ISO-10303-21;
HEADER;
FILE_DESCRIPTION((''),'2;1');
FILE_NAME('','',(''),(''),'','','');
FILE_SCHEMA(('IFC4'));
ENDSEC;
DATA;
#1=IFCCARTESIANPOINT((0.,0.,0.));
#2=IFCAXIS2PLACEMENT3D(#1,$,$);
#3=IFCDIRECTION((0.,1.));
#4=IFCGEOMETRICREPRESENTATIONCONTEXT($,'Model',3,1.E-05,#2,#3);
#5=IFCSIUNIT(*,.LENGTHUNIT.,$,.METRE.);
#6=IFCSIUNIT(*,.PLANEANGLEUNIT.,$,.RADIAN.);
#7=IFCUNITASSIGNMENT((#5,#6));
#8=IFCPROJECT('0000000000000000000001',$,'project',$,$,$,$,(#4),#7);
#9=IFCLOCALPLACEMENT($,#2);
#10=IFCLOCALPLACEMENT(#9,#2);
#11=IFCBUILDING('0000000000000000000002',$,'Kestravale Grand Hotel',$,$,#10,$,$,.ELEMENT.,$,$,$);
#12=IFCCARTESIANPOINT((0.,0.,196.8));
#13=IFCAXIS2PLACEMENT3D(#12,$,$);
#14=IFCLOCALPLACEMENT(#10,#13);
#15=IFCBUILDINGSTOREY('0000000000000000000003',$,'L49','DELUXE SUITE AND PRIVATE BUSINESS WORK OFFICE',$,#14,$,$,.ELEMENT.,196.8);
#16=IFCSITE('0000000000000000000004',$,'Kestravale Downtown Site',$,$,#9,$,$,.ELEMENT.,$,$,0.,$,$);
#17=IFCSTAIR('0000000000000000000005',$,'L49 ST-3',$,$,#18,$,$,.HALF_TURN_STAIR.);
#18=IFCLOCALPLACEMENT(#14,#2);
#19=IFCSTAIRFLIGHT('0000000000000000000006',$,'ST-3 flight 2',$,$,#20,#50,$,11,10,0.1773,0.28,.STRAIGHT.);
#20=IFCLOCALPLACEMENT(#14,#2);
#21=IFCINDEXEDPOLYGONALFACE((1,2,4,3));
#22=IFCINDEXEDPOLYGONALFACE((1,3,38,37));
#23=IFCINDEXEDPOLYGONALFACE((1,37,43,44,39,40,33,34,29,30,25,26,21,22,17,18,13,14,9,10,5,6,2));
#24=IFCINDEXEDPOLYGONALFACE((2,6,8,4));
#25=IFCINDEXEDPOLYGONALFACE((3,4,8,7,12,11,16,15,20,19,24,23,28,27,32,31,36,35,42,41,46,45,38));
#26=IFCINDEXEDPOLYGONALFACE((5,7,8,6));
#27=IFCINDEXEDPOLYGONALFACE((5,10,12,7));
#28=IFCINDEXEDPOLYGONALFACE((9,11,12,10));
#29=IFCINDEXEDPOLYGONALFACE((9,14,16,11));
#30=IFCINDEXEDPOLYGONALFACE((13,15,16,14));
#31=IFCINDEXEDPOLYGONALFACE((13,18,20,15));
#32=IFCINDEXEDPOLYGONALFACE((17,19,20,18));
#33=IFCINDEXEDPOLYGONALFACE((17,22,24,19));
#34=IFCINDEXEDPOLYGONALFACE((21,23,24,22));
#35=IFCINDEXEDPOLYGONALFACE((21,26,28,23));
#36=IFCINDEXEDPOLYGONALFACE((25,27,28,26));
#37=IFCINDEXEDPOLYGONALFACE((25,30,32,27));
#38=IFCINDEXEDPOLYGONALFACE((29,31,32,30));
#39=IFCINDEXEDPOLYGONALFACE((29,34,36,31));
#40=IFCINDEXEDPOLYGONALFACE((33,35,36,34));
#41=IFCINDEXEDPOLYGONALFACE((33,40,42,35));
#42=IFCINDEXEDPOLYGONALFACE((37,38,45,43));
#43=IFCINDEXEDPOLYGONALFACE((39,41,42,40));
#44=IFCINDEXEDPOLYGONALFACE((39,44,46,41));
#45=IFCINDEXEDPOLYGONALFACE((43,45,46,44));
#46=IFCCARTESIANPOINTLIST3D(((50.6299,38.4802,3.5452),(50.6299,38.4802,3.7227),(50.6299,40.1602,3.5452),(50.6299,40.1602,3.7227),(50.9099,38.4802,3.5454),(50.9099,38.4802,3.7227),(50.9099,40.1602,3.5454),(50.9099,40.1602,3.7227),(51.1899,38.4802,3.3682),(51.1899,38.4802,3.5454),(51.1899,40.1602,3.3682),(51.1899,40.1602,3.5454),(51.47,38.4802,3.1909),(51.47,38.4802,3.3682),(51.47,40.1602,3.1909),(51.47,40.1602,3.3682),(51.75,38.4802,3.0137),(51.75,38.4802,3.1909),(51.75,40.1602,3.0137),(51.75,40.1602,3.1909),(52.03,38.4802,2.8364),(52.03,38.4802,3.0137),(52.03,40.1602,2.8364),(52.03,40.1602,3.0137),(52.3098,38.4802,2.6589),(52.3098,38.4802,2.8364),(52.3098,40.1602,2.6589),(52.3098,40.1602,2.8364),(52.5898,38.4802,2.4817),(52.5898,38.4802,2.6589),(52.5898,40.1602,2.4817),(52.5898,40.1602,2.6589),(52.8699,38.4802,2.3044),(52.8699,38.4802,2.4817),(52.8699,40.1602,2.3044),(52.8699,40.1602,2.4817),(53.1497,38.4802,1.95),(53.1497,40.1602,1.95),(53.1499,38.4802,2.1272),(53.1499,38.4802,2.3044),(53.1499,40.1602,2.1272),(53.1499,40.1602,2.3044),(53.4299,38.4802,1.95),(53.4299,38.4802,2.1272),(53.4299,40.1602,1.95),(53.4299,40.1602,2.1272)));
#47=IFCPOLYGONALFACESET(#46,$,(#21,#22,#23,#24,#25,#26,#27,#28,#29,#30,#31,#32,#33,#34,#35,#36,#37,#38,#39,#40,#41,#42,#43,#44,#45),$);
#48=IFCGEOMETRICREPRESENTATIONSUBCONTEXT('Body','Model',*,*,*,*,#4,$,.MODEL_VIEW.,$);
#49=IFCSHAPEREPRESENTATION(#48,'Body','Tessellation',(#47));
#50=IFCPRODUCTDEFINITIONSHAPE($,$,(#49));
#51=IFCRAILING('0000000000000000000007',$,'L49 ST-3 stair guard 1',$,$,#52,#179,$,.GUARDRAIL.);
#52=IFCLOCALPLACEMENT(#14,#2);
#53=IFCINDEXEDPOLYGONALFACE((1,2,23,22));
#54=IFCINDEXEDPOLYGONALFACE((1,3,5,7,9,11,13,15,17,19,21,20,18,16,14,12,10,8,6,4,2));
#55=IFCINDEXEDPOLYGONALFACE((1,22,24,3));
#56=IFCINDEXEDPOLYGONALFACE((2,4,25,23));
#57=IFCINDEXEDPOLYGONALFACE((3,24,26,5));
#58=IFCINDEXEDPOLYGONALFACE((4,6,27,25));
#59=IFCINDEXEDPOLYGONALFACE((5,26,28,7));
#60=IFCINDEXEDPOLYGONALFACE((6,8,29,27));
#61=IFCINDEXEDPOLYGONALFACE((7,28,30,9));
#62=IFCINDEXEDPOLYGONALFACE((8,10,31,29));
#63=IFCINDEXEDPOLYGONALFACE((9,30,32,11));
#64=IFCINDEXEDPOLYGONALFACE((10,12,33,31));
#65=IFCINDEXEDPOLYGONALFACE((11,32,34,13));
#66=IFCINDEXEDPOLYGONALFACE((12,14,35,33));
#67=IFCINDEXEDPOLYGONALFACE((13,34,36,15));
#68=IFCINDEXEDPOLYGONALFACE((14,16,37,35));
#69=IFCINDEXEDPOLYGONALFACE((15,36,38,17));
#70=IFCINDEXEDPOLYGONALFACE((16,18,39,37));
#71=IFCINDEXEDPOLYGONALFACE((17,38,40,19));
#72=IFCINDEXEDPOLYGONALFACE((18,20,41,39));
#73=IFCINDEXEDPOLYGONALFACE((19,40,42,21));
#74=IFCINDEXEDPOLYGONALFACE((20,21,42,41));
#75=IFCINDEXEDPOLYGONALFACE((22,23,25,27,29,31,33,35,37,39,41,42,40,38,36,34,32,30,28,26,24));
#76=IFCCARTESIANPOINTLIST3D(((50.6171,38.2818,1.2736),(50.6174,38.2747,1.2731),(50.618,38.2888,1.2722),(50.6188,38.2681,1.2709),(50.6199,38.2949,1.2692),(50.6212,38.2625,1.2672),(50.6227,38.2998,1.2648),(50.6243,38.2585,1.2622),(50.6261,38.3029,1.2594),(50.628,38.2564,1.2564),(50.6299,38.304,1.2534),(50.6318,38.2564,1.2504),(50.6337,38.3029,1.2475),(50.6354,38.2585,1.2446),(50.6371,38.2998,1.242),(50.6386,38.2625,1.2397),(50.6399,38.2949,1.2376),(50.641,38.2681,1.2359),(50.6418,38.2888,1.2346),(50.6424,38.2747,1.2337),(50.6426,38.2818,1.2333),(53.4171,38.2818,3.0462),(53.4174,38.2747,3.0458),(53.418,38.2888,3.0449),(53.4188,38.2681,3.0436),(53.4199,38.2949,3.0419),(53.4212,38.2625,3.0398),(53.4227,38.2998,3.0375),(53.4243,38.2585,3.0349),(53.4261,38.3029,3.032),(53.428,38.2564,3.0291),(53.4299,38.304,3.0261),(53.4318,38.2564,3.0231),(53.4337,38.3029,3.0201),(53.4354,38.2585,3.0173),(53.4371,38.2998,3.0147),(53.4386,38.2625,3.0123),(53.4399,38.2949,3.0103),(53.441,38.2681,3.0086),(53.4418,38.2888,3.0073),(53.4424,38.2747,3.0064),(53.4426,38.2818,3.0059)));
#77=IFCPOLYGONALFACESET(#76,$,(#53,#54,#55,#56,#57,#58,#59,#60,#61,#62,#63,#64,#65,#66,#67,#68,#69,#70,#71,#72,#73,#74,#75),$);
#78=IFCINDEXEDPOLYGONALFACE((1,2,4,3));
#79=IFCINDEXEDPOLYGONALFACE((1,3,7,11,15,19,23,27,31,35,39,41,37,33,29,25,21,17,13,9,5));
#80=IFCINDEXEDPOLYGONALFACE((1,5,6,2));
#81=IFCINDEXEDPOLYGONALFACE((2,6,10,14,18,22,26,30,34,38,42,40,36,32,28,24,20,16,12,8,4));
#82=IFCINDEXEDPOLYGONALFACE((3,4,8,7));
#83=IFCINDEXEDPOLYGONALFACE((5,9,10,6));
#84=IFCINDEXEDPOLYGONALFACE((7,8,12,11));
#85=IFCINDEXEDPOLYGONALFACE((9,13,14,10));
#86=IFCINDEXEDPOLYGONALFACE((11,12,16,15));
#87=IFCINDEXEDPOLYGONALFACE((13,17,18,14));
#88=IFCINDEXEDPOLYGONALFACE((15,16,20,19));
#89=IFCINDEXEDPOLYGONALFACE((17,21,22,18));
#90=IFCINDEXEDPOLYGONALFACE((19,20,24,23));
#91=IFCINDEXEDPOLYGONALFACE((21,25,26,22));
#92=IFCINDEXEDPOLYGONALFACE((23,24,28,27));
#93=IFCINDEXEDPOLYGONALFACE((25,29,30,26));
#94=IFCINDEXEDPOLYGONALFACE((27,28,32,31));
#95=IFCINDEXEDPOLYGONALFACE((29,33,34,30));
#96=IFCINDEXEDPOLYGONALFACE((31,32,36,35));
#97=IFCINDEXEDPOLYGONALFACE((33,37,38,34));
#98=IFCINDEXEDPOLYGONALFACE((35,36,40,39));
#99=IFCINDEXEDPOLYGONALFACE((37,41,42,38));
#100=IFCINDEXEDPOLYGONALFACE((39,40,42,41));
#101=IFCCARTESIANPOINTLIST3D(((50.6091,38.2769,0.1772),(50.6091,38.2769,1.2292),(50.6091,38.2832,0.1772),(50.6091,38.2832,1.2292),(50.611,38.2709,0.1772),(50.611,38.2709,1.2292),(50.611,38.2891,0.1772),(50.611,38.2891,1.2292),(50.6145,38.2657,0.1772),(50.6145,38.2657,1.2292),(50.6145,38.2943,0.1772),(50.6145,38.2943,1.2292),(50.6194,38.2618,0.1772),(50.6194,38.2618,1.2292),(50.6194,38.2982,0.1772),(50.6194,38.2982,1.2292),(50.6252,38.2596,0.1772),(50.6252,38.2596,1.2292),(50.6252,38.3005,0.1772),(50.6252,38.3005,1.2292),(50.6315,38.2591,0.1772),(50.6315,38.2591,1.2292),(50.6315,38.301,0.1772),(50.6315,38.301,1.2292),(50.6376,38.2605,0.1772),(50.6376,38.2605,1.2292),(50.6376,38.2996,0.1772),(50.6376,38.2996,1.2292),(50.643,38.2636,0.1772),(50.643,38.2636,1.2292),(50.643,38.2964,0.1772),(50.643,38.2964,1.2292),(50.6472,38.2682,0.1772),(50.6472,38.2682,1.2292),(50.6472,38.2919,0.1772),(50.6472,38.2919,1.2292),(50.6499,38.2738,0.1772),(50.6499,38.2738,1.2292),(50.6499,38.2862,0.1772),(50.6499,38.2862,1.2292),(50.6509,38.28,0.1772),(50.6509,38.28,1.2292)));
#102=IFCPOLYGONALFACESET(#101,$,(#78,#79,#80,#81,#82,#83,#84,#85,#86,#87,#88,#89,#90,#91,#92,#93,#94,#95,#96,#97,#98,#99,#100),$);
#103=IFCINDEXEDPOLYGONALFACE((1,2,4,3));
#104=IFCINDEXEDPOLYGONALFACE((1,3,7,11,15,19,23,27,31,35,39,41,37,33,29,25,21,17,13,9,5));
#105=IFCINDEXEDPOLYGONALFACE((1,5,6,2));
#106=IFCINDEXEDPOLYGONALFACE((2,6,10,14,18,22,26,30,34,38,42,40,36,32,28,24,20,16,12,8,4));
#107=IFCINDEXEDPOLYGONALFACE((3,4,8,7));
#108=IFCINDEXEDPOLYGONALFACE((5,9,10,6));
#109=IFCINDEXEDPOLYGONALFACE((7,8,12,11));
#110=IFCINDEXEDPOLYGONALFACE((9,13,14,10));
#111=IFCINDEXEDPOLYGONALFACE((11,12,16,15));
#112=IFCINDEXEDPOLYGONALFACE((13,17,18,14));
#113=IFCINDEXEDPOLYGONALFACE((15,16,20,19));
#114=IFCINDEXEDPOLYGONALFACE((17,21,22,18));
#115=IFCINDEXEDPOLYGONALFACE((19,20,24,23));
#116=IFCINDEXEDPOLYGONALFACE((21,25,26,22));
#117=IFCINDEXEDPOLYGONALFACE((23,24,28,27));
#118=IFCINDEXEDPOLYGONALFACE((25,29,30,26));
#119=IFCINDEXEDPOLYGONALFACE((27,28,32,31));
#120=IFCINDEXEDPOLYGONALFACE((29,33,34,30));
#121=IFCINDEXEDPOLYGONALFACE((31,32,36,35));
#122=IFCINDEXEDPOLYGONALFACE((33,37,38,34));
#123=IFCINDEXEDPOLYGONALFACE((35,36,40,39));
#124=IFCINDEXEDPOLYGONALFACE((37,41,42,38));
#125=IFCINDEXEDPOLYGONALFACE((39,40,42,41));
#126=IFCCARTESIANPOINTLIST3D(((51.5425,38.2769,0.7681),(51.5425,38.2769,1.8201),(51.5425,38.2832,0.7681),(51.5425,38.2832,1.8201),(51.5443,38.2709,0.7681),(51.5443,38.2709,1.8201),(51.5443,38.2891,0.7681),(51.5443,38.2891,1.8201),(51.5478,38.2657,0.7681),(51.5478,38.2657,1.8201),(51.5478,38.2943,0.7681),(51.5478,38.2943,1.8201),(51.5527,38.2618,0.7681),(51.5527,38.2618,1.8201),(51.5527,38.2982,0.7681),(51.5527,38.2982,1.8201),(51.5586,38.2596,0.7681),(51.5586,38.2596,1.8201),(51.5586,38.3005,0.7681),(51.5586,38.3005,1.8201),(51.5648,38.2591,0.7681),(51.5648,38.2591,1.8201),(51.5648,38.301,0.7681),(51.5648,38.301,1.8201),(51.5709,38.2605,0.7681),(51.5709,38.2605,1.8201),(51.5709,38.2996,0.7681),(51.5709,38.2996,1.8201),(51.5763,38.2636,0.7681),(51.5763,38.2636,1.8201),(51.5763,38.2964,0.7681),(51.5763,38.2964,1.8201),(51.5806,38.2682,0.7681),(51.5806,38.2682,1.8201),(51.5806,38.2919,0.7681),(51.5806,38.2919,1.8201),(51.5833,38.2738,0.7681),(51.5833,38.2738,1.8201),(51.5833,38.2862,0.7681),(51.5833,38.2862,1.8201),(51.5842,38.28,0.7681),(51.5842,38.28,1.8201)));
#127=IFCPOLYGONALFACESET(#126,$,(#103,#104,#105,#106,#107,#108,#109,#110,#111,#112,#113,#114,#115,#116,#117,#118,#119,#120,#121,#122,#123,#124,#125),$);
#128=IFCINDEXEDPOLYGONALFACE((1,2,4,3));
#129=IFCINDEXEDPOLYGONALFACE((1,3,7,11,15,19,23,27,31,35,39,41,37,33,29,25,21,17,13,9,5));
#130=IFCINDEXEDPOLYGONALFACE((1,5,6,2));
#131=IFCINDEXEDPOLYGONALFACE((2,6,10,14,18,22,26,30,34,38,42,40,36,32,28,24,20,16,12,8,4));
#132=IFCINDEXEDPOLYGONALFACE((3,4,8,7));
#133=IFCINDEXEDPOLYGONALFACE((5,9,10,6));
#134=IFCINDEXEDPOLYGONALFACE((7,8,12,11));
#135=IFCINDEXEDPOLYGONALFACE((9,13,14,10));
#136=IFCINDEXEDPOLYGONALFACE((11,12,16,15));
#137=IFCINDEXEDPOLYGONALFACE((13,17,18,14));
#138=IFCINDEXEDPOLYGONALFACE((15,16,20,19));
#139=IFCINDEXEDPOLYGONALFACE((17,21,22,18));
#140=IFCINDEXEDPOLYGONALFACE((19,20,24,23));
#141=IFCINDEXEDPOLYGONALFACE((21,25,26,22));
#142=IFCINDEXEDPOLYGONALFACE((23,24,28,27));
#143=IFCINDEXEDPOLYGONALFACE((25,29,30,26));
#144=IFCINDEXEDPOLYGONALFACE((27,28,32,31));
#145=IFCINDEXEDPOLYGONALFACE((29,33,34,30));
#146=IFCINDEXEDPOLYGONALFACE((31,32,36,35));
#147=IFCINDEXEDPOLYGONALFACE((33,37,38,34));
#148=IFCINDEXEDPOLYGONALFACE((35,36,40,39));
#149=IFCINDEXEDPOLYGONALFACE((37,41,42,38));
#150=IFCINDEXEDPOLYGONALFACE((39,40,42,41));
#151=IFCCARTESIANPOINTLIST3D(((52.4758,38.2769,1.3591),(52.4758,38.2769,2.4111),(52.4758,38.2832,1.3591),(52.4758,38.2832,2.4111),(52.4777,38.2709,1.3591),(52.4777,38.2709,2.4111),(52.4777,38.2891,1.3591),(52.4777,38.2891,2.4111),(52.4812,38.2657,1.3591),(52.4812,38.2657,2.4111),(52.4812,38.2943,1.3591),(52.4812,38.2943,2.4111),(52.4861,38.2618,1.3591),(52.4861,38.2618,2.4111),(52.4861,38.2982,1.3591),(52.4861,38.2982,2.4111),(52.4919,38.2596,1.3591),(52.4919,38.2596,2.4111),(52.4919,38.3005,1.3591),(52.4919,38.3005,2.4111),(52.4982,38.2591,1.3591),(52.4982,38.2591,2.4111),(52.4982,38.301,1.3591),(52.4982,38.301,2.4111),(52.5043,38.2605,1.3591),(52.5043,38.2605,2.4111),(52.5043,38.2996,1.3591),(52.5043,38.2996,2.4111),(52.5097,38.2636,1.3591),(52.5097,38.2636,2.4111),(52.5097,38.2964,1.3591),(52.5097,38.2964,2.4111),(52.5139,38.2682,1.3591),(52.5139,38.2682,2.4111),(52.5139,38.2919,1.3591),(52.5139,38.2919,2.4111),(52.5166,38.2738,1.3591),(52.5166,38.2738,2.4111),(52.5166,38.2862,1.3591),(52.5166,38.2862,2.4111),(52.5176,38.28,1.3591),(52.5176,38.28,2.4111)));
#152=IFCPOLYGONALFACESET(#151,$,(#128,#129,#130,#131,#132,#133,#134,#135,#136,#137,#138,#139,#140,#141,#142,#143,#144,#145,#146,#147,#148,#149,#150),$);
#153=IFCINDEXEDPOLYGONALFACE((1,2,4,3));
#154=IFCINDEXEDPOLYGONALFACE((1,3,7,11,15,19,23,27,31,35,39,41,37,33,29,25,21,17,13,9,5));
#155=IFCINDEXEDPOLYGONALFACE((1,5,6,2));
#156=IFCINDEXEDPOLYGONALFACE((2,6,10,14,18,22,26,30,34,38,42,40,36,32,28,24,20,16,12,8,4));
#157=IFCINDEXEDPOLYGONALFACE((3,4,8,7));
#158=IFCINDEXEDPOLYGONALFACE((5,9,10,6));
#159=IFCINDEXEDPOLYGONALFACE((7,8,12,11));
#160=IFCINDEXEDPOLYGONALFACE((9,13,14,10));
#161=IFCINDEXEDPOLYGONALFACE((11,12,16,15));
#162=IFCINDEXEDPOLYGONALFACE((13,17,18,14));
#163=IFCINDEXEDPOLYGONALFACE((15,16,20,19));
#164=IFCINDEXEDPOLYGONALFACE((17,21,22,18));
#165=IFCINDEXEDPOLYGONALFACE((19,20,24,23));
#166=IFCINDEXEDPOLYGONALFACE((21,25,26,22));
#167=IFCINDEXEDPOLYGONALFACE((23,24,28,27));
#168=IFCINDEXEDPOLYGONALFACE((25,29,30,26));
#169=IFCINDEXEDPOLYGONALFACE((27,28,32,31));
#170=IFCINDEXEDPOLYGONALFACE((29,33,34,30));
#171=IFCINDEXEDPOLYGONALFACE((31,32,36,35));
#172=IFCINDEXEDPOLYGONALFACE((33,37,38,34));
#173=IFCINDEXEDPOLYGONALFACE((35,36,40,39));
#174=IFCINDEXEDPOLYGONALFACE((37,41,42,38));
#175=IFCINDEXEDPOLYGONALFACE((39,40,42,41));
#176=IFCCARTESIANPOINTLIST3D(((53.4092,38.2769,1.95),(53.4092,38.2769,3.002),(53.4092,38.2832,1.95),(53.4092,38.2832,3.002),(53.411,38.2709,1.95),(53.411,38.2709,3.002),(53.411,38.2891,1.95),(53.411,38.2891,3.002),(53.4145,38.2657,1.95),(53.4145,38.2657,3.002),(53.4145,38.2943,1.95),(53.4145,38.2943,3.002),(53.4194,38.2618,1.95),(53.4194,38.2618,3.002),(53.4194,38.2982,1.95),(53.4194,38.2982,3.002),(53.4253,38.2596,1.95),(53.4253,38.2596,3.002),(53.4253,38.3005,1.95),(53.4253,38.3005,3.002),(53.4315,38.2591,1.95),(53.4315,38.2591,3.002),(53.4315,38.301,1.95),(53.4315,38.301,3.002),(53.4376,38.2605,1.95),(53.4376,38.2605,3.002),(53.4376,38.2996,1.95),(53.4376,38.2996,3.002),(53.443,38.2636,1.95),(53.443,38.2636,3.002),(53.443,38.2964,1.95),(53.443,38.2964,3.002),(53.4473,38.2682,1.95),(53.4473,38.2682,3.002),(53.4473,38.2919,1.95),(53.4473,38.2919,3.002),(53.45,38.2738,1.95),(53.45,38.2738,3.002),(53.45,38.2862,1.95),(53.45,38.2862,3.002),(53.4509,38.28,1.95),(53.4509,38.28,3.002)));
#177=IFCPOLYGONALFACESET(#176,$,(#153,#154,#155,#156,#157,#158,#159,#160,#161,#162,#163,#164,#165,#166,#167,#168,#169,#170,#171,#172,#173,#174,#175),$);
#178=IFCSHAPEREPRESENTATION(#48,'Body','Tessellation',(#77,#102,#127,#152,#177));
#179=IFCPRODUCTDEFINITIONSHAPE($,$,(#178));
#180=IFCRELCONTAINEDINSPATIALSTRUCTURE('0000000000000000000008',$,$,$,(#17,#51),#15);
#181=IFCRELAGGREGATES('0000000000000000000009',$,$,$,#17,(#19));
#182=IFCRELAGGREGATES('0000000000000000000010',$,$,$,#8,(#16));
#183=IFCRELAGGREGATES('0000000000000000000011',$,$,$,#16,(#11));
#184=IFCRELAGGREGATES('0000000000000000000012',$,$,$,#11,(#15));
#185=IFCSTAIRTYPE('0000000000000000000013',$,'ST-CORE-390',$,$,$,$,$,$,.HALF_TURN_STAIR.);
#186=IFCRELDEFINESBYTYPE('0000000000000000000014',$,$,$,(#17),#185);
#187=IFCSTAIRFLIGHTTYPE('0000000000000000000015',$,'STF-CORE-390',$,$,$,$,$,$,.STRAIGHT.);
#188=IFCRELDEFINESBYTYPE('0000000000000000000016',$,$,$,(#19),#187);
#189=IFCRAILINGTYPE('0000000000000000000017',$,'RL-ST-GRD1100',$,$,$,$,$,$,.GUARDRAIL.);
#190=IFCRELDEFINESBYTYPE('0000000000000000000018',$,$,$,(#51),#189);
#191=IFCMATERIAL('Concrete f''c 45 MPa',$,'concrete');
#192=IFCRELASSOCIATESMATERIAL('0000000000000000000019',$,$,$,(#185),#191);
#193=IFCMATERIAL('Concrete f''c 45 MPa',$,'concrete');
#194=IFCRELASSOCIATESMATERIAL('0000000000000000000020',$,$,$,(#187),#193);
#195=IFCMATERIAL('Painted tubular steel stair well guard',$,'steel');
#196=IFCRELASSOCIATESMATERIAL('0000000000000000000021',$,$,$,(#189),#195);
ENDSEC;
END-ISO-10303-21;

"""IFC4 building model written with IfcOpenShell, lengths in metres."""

from ifc_helpers import new_model, si_unit, direction, frame, origin, origin_2d, place, context, subcontext, project, spatial, polyline, circle, outline, extrude, material, type_object, element, aggregate, save


model = new_model("IFC4")

# Units and contexts
model_context = context("Model", 3, precision=1e-05, world=origin(), true_north=direction((0.0, 1.0)))
body_context = subcontext(model_context, "Body", "Model", "MODEL_VIEW")
ifc_project = project(units=[si_unit("LENGTHUNIT", "METRE"), si_unit("PLANEANGLEUNIT", "RADIAN")], contexts=[model_context])

# Site, building, storey
site_placement = place(None, origin())
site = spatial("IfcSite", under=ifc_project, at=site_placement, Name="Kestravale Downtown Site", CompositionType="ELEMENT", RefElevation=0.0)
building_placement = place(site_placement, origin())
building = spatial("IfcBuilding", under=site, at=building_placement, Name="Kestravale Grand Hotel", CompositionType="ELEMENT")
storey_placement = place(building_placement, frame((0.0, 0.0, 196.8)))
storey = spatial("IfcBuildingStorey", under=building, at=storey_placement, Name="L49", Description="DELUXE SUITE AND PRIVATE BUSINESS WORK OFFICE", CompositionType="ELEMENT", Elevation=196.8)

# Stair, stair flight
ifc_material_1 = material(Name="Concrete f'c 45 MPa", Category="concrete")
stair_type = type_object("IfcStairType", Name="ST-CORE-390", PredefinedType="HALF_TURN_STAIR", material=ifc_material_1)
stair_placement = place(storey_placement, origin())
stair = element("IfcStair", 1, at=stair_placement, inside=storey, type_object=stair_type, Name="L49 ST-3", PredefinedType="HALF_TURN_STAIR")
ifc_material_2 = material(Name="Concrete f'c 45 MPa", Category="concrete")
stair_flight_type = type_object("IfcStairFlightType", Name="STF-CORE-390", PredefinedType="STRAIGHT", material=ifc_material_2)
stair_flight_1_placement = place(storey_placement, frame((53.4299, 39.3201, 1.95), z_axis=(0.0, 0.0, 1.0), x_axis=(-1.0, 0.0, 0.0)))
stair_flight_1 = element("IfcStairFlight", 2, at=stair_flight_1_placement, type_object=stair_flight_type, Name="ST-3 flight 2", NumberOfRisers=11, NumberOfTreads=10, PredefinedType="STRAIGHT", RiserHeight=0.1773, TreadLength=0.28, context=body_context, shape_type="SweptSolid", body=[
    extrude(outline(polyline([(0.0, 0.0), (0.0, 0.1772), (0.28, 0.1772), (0.28, 0.3545), (0.5601, 0.3545), (0.5601, 0.5317), (0.8401, 0.5317), (0.8401, 0.709), (1.1201, 0.709), (1.1201, 0.8865), (1.3999, 0.8865), (1.3999, 1.0637), (1.6799, 1.0637), (1.6799, 1.241), (1.96, 1.241), (1.96, 1.4182), (2.24, 1.4182), (2.24, 1.5955), (2.52, 1.5955), (2.52, 1.7727), (2.8, 1.7727), (2.8, 1.95), (2.8, 1.5952), (0.2803, 0.0), (0.0, 0.0)])), frame((0.0, 0.8398, 0.0), z_axis=(0.0, -1.0, 0.0), x_axis=(1.0, 0.0, 0.0)), (0.0, 0.0, 1.0), 1.6799),
])
aggregate(stair, [stair_flight_1])

# Railing
ifc_material_3 = material(Name="Painted tubular steel stair well guard", Category="steel")
railing_type_1 = type_object("IfcRailingType", Name="RL-ST-GRD1100", PredefinedType="GUARDRAIL", material=ifc_material_3)
railing_1_placement = place(storey_placement, frame((50.6299, 38.28, 0.1772)))
element("IfcRailing", 3, at=railing_1_placement, inside=storey, type_object=railing_type_1, Name="L49 ST-3 stair guard 1", PredefinedType="GUARDRAIL", context=body_context, shape_type="SweptSolid", body=[
    extrude(circle(Radius=0.0239, at=origin_2d()), frame((0.0, 0.0, 1.0762), z_axis=(0.844909, 0.0, 0.53491), x_axis=(0.0, 1.0, 0.0)), (0.0, 0.0, 1.0), 3.314),
    extrude(circle(Radius=0.021, at=origin_2d()), origin(), (0.0, 0.0, 1.0), 1.052),
    extrude(circle(Radius=0.021, at=origin_2d()), frame((0.9333, 0.0, 0.5908)), (0.0, 0.0, 1.0), 1.052),
    extrude(circle(Radius=0.021, at=origin_2d()), frame((1.8667, 0.0, 1.1819)), (0.0, 0.0, 1.0), 1.052),
    extrude(circle(Radius=0.021, at=origin_2d()), frame((2.8, 0.0, 1.7727)), (0.0, 0.0, 1.0), 1.052),
])

save(model, "model.ifc")
